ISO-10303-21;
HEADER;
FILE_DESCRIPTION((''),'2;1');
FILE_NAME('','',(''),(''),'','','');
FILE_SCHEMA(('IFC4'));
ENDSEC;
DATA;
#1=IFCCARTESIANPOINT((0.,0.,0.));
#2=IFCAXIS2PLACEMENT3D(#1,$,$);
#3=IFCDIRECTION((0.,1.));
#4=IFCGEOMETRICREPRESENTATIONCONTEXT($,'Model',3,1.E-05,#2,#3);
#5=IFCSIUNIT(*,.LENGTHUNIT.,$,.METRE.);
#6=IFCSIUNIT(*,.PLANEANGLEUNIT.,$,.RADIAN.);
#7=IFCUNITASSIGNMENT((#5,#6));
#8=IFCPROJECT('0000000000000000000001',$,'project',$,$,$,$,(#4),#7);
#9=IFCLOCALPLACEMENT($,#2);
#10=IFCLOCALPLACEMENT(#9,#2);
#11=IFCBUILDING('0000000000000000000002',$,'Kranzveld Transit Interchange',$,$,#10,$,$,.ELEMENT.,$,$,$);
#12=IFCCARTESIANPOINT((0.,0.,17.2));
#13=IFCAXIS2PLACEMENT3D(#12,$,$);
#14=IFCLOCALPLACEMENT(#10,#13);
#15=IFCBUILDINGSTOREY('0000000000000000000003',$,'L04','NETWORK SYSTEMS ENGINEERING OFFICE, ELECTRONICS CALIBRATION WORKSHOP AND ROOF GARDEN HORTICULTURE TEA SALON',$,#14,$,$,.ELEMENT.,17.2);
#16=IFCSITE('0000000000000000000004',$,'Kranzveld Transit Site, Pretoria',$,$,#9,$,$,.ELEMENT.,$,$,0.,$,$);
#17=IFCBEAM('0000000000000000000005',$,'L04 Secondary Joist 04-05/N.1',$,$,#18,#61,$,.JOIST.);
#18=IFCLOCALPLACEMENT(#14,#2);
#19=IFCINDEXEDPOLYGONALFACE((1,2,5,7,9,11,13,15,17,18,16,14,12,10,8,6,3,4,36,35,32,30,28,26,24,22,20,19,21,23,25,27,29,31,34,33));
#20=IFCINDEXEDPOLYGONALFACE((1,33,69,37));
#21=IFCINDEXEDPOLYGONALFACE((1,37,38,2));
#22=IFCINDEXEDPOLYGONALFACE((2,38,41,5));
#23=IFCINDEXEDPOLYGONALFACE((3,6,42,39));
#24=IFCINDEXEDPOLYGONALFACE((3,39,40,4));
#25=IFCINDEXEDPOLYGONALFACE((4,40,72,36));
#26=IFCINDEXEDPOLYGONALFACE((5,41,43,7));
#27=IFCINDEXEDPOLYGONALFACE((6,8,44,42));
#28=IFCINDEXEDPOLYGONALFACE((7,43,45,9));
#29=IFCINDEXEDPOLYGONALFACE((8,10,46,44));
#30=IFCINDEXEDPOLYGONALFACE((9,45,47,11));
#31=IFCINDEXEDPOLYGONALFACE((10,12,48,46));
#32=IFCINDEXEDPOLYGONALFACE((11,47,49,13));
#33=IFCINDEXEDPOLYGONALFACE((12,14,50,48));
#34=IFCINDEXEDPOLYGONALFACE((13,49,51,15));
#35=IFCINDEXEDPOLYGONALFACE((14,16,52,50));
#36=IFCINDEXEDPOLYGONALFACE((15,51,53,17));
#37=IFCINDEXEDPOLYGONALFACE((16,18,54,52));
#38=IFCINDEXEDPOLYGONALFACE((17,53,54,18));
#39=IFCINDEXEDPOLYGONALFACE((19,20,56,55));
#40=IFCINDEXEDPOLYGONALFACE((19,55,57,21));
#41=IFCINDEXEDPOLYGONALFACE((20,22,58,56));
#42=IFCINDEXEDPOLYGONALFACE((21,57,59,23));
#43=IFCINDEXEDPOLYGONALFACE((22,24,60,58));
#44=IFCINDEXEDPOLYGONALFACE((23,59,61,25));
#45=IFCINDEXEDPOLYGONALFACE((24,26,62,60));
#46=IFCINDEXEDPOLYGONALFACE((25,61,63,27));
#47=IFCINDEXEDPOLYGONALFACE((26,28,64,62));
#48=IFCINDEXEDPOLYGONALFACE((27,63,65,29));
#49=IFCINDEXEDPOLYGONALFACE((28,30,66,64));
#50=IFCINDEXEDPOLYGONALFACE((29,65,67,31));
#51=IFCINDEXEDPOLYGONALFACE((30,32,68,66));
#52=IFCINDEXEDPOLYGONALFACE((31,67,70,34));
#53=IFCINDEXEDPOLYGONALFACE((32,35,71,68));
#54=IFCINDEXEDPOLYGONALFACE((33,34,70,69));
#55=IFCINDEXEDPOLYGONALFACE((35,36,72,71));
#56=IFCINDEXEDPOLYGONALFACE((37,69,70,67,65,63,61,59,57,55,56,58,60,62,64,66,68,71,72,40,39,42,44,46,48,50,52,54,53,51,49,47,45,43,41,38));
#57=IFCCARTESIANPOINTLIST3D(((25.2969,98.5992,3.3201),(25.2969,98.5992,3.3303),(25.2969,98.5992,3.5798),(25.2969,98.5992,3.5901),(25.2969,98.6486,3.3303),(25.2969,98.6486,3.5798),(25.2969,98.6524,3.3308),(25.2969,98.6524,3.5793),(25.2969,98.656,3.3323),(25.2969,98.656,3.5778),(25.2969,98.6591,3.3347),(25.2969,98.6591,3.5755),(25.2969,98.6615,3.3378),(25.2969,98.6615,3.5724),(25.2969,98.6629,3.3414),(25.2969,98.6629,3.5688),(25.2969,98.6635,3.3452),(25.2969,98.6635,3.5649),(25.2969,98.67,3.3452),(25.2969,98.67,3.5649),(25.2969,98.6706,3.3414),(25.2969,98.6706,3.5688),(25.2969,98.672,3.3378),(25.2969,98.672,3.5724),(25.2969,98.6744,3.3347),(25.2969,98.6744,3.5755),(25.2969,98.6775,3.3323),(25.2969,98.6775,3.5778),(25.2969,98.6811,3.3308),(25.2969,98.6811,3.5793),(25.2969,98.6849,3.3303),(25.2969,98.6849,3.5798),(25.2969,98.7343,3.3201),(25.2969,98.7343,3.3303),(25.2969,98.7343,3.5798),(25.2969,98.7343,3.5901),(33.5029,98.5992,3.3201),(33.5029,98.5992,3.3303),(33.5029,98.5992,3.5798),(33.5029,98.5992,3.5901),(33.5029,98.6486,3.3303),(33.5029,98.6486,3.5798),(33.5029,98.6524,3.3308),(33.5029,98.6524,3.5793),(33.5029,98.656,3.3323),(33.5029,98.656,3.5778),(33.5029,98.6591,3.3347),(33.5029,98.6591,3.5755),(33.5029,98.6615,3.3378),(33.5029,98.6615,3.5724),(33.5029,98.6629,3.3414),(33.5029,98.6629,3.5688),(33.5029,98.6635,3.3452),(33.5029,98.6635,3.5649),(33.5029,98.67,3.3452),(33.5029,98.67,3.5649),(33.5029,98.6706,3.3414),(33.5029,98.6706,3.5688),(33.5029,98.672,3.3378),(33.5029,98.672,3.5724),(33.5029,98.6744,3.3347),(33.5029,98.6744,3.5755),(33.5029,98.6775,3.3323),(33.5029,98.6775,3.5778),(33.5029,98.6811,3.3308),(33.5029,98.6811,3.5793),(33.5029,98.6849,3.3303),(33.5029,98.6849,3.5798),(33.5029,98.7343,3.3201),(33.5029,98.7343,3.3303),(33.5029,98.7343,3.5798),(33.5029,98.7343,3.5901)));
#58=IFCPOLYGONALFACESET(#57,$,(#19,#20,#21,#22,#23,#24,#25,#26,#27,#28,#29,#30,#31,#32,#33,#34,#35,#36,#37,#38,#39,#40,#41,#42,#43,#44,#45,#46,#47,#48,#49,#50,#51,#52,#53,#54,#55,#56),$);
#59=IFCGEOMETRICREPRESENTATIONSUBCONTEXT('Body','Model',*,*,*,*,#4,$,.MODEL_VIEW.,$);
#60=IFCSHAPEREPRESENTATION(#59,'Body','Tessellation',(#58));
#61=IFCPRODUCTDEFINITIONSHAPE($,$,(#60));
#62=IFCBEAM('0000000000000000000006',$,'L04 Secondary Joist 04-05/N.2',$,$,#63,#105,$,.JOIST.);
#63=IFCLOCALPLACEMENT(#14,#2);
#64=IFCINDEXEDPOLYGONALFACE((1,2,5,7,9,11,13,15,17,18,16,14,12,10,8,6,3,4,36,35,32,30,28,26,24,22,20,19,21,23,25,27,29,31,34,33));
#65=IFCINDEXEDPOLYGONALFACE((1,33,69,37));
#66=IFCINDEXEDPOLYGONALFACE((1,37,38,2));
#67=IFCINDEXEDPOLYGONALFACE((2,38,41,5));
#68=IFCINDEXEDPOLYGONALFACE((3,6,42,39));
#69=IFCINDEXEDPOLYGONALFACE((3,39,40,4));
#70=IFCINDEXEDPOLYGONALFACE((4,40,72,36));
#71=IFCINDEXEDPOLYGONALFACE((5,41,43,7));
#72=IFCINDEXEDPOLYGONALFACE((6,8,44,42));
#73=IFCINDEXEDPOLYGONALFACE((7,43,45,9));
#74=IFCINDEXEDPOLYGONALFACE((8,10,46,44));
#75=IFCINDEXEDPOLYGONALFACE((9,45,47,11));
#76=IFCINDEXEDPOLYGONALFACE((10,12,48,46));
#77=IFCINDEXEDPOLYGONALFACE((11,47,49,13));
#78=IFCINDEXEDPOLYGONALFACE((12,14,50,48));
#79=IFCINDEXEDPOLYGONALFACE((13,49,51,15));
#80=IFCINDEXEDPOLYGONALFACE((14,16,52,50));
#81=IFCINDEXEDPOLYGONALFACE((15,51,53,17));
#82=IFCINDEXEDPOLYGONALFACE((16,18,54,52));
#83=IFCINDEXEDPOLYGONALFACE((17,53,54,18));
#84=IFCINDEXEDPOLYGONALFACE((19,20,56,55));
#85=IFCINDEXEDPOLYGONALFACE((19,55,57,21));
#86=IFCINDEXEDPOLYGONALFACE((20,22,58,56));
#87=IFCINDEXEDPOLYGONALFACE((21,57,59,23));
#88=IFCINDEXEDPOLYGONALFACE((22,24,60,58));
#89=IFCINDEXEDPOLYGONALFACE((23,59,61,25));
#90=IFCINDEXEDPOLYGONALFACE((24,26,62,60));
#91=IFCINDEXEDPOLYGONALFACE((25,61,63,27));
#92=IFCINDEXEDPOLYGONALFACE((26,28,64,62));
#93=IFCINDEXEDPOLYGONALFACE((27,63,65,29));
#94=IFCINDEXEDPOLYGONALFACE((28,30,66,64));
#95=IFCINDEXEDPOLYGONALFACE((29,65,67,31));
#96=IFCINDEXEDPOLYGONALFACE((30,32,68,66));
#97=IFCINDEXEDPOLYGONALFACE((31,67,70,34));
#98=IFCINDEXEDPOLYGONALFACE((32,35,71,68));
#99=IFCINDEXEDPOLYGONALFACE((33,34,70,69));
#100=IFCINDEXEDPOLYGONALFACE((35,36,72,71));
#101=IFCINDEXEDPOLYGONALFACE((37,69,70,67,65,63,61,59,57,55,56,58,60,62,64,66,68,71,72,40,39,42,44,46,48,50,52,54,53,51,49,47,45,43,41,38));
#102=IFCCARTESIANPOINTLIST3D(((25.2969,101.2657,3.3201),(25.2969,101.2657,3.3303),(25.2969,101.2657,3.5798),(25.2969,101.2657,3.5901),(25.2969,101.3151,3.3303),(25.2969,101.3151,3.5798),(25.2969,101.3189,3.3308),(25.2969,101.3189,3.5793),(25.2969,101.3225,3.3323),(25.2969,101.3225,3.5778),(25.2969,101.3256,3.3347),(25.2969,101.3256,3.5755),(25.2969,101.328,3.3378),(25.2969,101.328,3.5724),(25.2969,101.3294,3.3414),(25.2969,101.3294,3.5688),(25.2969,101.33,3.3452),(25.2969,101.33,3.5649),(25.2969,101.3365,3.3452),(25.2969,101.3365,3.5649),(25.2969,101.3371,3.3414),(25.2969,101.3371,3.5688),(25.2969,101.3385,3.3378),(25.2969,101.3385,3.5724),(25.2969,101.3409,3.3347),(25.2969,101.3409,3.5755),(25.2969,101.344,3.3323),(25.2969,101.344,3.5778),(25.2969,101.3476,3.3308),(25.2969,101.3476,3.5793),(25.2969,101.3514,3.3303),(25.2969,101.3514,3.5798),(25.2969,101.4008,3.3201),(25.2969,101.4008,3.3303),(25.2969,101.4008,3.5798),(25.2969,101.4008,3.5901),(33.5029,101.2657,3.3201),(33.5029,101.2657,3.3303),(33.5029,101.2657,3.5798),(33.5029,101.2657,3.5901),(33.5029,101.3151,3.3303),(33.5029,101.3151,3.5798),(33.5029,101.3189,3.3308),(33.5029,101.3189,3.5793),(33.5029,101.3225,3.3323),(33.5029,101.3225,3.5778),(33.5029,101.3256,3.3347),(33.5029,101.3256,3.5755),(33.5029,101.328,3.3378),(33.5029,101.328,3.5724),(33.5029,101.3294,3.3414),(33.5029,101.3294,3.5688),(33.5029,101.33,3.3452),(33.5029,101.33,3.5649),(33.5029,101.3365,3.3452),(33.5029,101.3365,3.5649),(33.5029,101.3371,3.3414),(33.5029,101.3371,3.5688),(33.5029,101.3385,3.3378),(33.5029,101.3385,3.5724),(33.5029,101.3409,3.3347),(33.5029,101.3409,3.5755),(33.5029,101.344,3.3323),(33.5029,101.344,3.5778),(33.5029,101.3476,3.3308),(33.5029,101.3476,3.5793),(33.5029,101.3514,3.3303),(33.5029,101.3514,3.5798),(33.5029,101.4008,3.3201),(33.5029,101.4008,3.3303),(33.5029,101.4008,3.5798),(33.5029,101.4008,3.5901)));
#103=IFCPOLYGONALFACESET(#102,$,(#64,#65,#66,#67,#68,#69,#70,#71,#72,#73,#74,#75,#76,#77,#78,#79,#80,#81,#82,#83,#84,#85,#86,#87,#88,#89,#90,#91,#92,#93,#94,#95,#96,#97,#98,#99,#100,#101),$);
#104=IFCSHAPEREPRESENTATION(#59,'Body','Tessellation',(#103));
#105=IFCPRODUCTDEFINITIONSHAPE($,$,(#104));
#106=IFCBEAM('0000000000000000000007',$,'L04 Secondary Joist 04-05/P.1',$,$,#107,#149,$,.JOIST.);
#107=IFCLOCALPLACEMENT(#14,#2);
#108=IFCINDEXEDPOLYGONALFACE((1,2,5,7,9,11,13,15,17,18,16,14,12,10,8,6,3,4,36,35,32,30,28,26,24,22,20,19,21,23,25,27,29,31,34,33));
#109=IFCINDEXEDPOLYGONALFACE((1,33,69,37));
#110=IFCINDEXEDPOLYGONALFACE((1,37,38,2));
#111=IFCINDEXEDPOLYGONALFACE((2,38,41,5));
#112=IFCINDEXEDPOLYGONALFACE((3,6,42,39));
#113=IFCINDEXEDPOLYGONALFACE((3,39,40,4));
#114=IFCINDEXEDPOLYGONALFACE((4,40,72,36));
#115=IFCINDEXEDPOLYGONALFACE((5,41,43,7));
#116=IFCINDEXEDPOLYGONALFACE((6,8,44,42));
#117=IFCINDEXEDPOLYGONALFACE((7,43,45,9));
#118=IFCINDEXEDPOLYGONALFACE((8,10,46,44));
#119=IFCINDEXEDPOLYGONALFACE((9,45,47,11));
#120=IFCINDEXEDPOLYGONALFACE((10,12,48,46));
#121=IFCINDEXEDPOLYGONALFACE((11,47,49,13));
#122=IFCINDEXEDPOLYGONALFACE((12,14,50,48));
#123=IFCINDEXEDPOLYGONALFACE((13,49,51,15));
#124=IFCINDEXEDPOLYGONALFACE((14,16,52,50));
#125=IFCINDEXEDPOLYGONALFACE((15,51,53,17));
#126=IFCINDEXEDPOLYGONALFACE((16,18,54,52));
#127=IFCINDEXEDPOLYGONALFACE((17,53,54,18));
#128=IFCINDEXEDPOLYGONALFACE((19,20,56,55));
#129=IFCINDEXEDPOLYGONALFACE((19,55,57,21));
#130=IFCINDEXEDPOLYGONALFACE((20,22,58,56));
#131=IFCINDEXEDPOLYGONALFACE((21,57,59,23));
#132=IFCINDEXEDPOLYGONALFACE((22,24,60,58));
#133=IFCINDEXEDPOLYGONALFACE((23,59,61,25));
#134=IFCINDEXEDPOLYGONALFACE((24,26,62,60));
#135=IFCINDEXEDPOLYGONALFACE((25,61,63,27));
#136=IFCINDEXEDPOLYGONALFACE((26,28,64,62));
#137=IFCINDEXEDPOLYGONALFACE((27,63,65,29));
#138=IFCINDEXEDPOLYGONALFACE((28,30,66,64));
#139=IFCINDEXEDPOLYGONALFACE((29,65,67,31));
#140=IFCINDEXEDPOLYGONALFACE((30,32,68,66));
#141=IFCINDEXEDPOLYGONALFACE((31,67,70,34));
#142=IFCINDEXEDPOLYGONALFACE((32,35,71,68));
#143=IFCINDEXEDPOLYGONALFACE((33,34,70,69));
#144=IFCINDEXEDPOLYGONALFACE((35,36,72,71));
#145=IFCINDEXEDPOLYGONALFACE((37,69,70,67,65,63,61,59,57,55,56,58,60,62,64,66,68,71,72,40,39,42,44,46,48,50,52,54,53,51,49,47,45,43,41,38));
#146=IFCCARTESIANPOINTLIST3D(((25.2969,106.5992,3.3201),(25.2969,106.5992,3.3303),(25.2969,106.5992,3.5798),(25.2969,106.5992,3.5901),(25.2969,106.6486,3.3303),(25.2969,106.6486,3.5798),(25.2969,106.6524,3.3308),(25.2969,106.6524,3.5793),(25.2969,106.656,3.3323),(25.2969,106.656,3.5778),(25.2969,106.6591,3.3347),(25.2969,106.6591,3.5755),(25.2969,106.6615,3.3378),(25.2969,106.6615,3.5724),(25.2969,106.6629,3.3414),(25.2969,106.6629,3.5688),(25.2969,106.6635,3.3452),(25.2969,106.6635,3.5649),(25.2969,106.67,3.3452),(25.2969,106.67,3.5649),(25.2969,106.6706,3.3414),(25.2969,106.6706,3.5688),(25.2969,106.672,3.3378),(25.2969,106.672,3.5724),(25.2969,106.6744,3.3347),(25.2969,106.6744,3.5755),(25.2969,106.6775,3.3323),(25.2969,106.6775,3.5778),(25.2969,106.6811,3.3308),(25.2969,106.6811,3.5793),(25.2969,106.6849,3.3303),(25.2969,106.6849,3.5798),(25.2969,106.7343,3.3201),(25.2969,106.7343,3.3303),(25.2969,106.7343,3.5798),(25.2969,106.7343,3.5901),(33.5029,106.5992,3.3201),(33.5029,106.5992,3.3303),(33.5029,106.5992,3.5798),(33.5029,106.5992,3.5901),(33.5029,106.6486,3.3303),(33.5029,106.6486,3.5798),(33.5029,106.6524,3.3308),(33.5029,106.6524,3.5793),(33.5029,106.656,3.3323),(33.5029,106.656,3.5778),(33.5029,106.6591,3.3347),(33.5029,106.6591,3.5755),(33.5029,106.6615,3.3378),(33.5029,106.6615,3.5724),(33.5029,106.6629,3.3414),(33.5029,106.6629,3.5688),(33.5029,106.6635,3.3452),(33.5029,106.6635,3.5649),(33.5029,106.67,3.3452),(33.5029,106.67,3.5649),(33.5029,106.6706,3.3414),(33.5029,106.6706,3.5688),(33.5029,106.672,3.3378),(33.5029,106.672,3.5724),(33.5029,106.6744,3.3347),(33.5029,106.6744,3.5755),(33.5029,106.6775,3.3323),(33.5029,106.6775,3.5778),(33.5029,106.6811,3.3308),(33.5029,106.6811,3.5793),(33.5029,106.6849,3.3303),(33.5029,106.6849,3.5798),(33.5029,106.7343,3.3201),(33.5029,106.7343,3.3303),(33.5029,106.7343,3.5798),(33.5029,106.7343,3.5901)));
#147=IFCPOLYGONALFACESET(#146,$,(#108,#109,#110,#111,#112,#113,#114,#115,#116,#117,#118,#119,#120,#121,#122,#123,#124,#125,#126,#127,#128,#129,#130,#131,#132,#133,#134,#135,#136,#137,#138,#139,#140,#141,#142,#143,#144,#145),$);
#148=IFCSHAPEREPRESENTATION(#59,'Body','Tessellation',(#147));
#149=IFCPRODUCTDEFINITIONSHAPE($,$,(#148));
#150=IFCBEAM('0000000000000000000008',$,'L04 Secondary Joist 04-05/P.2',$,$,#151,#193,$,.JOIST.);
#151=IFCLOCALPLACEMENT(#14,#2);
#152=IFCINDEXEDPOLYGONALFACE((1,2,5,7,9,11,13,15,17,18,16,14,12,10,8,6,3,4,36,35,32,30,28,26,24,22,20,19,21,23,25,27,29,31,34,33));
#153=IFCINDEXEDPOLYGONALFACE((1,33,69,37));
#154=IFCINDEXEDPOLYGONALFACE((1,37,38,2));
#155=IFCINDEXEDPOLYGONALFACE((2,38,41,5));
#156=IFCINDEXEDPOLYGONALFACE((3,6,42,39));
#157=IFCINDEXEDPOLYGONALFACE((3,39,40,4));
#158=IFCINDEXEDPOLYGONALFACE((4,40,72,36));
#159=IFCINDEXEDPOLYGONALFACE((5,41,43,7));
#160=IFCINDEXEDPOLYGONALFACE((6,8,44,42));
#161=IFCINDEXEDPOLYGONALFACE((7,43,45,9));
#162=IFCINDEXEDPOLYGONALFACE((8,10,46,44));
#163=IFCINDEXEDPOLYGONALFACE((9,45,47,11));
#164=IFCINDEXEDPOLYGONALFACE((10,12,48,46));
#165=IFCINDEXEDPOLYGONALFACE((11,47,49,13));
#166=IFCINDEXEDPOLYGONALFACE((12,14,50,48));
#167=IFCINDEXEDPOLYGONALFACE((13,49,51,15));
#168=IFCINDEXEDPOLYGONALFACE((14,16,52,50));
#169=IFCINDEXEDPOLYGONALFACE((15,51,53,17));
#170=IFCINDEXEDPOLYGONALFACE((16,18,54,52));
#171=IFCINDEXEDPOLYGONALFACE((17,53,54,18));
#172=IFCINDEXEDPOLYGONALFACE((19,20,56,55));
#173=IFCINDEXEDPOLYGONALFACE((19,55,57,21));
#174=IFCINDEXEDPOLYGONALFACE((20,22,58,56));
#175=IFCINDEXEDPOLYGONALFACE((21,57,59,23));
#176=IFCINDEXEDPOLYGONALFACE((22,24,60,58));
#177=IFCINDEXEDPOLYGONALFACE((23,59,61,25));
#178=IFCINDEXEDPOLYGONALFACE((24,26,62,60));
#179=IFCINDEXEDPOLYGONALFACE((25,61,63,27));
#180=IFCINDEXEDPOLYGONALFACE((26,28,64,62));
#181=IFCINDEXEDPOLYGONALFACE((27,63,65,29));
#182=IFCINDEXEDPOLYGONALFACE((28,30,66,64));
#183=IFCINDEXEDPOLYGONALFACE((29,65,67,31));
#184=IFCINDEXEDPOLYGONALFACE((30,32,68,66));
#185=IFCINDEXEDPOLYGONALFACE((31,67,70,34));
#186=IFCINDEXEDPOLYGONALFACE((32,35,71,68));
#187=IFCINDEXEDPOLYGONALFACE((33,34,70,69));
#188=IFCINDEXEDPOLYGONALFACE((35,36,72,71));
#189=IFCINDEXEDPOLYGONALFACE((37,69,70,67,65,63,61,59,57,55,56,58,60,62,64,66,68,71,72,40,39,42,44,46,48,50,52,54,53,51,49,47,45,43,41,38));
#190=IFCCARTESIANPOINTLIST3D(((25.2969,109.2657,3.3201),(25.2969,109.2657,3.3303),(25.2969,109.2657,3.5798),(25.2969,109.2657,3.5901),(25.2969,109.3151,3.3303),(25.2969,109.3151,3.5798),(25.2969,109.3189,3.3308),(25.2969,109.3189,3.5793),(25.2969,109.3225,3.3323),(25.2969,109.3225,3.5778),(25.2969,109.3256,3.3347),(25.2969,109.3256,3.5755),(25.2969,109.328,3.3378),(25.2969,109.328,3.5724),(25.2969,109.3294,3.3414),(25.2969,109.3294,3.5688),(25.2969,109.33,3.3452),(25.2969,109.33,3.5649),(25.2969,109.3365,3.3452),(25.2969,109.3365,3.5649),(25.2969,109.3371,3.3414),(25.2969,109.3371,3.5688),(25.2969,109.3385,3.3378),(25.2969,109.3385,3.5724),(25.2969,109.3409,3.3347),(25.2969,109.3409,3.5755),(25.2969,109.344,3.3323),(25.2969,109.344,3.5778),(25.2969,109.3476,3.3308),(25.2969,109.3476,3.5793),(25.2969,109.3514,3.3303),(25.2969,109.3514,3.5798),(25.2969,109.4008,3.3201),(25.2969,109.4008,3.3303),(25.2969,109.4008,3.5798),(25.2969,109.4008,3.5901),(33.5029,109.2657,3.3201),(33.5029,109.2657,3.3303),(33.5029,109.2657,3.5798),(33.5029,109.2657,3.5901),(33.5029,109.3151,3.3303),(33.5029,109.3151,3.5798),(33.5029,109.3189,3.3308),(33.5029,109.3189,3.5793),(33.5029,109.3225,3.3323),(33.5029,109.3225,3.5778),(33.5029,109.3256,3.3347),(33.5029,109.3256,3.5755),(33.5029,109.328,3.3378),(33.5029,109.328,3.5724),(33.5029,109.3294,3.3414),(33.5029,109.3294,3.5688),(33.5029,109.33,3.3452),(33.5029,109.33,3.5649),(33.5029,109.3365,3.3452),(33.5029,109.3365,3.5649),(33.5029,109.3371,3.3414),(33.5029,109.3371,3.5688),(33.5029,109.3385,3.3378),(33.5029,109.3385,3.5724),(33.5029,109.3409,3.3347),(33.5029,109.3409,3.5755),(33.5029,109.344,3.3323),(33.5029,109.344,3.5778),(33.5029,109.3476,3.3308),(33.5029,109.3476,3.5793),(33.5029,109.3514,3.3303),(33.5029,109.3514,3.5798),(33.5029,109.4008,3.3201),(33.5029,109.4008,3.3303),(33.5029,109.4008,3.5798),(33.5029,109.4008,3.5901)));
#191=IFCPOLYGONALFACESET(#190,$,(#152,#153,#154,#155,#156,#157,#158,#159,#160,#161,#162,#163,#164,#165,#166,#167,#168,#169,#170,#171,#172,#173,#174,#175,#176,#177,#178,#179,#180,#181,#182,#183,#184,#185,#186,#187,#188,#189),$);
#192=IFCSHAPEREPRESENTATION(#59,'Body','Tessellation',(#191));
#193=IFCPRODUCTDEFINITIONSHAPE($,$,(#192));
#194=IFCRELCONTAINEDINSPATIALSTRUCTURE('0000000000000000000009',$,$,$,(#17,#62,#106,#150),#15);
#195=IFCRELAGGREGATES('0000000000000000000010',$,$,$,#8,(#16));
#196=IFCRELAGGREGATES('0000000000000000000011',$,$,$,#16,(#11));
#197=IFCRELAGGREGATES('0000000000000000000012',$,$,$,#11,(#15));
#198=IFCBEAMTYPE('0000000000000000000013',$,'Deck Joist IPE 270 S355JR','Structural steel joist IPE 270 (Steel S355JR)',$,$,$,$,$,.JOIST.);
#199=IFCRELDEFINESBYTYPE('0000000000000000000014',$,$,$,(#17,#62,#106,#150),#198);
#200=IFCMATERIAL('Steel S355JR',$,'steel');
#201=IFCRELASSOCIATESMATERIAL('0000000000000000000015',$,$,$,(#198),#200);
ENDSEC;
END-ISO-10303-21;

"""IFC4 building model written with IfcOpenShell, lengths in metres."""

from ifc_helpers import new_model, si_unit, direction, frame, origin, origin_2d, place, context, subcontext, project, spatial, i_section, extrude, material, material_profile, profile_set, type_object, element, save


model = new_model("IFC4")

# Units and contexts
model_context = context("Model", 3, precision=1e-05, world=origin(), true_north=direction((0.0, 1.0)))
body_context = subcontext(model_context, "Body", "Model", "MODEL_VIEW")
ifc_project = project(units=[si_unit("LENGTHUNIT", "METRE"), si_unit("PLANEANGLEUNIT", "RADIAN")], contexts=[model_context])

# Site, building, storey
site_placement = place(None, origin())
site = spatial("IfcSite", under=ifc_project, at=site_placement, Name="Kranzveld Transit Site, Pretoria", CompositionType="ELEMENT", RefElevation=0.0)
building_placement = place(site_placement, origin())
building = spatial("IfcBuilding", under=site, at=building_placement, Name="Kranzveld Transit Interchange", CompositionType="ELEMENT")
storey_placement = place(building_placement, frame((0.0, 0.0, 17.2)))
storey = spatial("IfcBuildingStorey", under=building, at=storey_placement, Name="L04", Description="NETWORK SYSTEMS ENGINEERING OFFICE, ELECTRONICS CALIBRATION WORKSHOP AND ROOF GARDEN HORTICULTURE TEA SALON", CompositionType="ELEMENT", Elevation=17.2)

# Beams
ifc_material_1 = material(Name="Steel S355JR", Category="steel")
ifc_material_profile_1 = material_profile(ifc_material_1, i_section(OverallWidth=0.135, OverallDepth=0.27, WebThickness=0.0066, FlangeThickness=0.0103, FilletRadius=0.0149, at=origin_2d()), Name="IPE 270")
ifc_profile_set_1 = profile_set([ifc_material_profile_1], Name="Steel S355JR")
beam_type_1 = type_object("IfcBeamType", Name="Deck Joist IPE 270 S355JR", Description="Structural steel joist IPE 270 (Steel S355JR)", PredefinedType="JOIST", material=ifc_profile_set_1)
for number, where, z_axis, x_axis, name in (
    (1, (25.2969, 98.6667, 3.4551), (1.0, 0.0, 0.0), (0.0, 1.0, 0.0), "L04 Secondary Joist 04-05/N.1"),
    (2, (25.2969, 101.3333, 3.4551), (1.0, 0.0, 0.0), (0.0, 1.0, 0.0), "L04 Secondary Joist 04-05/N.2"),
    (3, (25.2969, 106.6667, 3.4551), (1.0, 0.0, 0.0), (0.0, 1.0, 0.0), "L04 Secondary Joist 04-05/P.1"),
    (4, (25.2969, 109.3333, 3.4551), (1.0, 0.0, 0.0), (0.0, 1.0, 0.0), "L04 Secondary Joist 04-05/P.2"),
):
    element("IfcBeam", number, at=place(storey_placement, frame(where, z_axis=z_axis, x_axis=x_axis)), inside=storey, type_object=beam_type_1, Name=name, PredefinedType="JOIST", context=body_context, shape_type="SweptSolid", body=[
        extrude(i_section(OverallWidth=0.135, OverallDepth=0.27, WebThickness=0.0066, FlangeThickness=0.0103, FilletRadius=0.0149, at=origin_2d()), origin(), (0.0, 0.0, 1.0), 8.2061),
    ])

save(model, "model.ifc")
